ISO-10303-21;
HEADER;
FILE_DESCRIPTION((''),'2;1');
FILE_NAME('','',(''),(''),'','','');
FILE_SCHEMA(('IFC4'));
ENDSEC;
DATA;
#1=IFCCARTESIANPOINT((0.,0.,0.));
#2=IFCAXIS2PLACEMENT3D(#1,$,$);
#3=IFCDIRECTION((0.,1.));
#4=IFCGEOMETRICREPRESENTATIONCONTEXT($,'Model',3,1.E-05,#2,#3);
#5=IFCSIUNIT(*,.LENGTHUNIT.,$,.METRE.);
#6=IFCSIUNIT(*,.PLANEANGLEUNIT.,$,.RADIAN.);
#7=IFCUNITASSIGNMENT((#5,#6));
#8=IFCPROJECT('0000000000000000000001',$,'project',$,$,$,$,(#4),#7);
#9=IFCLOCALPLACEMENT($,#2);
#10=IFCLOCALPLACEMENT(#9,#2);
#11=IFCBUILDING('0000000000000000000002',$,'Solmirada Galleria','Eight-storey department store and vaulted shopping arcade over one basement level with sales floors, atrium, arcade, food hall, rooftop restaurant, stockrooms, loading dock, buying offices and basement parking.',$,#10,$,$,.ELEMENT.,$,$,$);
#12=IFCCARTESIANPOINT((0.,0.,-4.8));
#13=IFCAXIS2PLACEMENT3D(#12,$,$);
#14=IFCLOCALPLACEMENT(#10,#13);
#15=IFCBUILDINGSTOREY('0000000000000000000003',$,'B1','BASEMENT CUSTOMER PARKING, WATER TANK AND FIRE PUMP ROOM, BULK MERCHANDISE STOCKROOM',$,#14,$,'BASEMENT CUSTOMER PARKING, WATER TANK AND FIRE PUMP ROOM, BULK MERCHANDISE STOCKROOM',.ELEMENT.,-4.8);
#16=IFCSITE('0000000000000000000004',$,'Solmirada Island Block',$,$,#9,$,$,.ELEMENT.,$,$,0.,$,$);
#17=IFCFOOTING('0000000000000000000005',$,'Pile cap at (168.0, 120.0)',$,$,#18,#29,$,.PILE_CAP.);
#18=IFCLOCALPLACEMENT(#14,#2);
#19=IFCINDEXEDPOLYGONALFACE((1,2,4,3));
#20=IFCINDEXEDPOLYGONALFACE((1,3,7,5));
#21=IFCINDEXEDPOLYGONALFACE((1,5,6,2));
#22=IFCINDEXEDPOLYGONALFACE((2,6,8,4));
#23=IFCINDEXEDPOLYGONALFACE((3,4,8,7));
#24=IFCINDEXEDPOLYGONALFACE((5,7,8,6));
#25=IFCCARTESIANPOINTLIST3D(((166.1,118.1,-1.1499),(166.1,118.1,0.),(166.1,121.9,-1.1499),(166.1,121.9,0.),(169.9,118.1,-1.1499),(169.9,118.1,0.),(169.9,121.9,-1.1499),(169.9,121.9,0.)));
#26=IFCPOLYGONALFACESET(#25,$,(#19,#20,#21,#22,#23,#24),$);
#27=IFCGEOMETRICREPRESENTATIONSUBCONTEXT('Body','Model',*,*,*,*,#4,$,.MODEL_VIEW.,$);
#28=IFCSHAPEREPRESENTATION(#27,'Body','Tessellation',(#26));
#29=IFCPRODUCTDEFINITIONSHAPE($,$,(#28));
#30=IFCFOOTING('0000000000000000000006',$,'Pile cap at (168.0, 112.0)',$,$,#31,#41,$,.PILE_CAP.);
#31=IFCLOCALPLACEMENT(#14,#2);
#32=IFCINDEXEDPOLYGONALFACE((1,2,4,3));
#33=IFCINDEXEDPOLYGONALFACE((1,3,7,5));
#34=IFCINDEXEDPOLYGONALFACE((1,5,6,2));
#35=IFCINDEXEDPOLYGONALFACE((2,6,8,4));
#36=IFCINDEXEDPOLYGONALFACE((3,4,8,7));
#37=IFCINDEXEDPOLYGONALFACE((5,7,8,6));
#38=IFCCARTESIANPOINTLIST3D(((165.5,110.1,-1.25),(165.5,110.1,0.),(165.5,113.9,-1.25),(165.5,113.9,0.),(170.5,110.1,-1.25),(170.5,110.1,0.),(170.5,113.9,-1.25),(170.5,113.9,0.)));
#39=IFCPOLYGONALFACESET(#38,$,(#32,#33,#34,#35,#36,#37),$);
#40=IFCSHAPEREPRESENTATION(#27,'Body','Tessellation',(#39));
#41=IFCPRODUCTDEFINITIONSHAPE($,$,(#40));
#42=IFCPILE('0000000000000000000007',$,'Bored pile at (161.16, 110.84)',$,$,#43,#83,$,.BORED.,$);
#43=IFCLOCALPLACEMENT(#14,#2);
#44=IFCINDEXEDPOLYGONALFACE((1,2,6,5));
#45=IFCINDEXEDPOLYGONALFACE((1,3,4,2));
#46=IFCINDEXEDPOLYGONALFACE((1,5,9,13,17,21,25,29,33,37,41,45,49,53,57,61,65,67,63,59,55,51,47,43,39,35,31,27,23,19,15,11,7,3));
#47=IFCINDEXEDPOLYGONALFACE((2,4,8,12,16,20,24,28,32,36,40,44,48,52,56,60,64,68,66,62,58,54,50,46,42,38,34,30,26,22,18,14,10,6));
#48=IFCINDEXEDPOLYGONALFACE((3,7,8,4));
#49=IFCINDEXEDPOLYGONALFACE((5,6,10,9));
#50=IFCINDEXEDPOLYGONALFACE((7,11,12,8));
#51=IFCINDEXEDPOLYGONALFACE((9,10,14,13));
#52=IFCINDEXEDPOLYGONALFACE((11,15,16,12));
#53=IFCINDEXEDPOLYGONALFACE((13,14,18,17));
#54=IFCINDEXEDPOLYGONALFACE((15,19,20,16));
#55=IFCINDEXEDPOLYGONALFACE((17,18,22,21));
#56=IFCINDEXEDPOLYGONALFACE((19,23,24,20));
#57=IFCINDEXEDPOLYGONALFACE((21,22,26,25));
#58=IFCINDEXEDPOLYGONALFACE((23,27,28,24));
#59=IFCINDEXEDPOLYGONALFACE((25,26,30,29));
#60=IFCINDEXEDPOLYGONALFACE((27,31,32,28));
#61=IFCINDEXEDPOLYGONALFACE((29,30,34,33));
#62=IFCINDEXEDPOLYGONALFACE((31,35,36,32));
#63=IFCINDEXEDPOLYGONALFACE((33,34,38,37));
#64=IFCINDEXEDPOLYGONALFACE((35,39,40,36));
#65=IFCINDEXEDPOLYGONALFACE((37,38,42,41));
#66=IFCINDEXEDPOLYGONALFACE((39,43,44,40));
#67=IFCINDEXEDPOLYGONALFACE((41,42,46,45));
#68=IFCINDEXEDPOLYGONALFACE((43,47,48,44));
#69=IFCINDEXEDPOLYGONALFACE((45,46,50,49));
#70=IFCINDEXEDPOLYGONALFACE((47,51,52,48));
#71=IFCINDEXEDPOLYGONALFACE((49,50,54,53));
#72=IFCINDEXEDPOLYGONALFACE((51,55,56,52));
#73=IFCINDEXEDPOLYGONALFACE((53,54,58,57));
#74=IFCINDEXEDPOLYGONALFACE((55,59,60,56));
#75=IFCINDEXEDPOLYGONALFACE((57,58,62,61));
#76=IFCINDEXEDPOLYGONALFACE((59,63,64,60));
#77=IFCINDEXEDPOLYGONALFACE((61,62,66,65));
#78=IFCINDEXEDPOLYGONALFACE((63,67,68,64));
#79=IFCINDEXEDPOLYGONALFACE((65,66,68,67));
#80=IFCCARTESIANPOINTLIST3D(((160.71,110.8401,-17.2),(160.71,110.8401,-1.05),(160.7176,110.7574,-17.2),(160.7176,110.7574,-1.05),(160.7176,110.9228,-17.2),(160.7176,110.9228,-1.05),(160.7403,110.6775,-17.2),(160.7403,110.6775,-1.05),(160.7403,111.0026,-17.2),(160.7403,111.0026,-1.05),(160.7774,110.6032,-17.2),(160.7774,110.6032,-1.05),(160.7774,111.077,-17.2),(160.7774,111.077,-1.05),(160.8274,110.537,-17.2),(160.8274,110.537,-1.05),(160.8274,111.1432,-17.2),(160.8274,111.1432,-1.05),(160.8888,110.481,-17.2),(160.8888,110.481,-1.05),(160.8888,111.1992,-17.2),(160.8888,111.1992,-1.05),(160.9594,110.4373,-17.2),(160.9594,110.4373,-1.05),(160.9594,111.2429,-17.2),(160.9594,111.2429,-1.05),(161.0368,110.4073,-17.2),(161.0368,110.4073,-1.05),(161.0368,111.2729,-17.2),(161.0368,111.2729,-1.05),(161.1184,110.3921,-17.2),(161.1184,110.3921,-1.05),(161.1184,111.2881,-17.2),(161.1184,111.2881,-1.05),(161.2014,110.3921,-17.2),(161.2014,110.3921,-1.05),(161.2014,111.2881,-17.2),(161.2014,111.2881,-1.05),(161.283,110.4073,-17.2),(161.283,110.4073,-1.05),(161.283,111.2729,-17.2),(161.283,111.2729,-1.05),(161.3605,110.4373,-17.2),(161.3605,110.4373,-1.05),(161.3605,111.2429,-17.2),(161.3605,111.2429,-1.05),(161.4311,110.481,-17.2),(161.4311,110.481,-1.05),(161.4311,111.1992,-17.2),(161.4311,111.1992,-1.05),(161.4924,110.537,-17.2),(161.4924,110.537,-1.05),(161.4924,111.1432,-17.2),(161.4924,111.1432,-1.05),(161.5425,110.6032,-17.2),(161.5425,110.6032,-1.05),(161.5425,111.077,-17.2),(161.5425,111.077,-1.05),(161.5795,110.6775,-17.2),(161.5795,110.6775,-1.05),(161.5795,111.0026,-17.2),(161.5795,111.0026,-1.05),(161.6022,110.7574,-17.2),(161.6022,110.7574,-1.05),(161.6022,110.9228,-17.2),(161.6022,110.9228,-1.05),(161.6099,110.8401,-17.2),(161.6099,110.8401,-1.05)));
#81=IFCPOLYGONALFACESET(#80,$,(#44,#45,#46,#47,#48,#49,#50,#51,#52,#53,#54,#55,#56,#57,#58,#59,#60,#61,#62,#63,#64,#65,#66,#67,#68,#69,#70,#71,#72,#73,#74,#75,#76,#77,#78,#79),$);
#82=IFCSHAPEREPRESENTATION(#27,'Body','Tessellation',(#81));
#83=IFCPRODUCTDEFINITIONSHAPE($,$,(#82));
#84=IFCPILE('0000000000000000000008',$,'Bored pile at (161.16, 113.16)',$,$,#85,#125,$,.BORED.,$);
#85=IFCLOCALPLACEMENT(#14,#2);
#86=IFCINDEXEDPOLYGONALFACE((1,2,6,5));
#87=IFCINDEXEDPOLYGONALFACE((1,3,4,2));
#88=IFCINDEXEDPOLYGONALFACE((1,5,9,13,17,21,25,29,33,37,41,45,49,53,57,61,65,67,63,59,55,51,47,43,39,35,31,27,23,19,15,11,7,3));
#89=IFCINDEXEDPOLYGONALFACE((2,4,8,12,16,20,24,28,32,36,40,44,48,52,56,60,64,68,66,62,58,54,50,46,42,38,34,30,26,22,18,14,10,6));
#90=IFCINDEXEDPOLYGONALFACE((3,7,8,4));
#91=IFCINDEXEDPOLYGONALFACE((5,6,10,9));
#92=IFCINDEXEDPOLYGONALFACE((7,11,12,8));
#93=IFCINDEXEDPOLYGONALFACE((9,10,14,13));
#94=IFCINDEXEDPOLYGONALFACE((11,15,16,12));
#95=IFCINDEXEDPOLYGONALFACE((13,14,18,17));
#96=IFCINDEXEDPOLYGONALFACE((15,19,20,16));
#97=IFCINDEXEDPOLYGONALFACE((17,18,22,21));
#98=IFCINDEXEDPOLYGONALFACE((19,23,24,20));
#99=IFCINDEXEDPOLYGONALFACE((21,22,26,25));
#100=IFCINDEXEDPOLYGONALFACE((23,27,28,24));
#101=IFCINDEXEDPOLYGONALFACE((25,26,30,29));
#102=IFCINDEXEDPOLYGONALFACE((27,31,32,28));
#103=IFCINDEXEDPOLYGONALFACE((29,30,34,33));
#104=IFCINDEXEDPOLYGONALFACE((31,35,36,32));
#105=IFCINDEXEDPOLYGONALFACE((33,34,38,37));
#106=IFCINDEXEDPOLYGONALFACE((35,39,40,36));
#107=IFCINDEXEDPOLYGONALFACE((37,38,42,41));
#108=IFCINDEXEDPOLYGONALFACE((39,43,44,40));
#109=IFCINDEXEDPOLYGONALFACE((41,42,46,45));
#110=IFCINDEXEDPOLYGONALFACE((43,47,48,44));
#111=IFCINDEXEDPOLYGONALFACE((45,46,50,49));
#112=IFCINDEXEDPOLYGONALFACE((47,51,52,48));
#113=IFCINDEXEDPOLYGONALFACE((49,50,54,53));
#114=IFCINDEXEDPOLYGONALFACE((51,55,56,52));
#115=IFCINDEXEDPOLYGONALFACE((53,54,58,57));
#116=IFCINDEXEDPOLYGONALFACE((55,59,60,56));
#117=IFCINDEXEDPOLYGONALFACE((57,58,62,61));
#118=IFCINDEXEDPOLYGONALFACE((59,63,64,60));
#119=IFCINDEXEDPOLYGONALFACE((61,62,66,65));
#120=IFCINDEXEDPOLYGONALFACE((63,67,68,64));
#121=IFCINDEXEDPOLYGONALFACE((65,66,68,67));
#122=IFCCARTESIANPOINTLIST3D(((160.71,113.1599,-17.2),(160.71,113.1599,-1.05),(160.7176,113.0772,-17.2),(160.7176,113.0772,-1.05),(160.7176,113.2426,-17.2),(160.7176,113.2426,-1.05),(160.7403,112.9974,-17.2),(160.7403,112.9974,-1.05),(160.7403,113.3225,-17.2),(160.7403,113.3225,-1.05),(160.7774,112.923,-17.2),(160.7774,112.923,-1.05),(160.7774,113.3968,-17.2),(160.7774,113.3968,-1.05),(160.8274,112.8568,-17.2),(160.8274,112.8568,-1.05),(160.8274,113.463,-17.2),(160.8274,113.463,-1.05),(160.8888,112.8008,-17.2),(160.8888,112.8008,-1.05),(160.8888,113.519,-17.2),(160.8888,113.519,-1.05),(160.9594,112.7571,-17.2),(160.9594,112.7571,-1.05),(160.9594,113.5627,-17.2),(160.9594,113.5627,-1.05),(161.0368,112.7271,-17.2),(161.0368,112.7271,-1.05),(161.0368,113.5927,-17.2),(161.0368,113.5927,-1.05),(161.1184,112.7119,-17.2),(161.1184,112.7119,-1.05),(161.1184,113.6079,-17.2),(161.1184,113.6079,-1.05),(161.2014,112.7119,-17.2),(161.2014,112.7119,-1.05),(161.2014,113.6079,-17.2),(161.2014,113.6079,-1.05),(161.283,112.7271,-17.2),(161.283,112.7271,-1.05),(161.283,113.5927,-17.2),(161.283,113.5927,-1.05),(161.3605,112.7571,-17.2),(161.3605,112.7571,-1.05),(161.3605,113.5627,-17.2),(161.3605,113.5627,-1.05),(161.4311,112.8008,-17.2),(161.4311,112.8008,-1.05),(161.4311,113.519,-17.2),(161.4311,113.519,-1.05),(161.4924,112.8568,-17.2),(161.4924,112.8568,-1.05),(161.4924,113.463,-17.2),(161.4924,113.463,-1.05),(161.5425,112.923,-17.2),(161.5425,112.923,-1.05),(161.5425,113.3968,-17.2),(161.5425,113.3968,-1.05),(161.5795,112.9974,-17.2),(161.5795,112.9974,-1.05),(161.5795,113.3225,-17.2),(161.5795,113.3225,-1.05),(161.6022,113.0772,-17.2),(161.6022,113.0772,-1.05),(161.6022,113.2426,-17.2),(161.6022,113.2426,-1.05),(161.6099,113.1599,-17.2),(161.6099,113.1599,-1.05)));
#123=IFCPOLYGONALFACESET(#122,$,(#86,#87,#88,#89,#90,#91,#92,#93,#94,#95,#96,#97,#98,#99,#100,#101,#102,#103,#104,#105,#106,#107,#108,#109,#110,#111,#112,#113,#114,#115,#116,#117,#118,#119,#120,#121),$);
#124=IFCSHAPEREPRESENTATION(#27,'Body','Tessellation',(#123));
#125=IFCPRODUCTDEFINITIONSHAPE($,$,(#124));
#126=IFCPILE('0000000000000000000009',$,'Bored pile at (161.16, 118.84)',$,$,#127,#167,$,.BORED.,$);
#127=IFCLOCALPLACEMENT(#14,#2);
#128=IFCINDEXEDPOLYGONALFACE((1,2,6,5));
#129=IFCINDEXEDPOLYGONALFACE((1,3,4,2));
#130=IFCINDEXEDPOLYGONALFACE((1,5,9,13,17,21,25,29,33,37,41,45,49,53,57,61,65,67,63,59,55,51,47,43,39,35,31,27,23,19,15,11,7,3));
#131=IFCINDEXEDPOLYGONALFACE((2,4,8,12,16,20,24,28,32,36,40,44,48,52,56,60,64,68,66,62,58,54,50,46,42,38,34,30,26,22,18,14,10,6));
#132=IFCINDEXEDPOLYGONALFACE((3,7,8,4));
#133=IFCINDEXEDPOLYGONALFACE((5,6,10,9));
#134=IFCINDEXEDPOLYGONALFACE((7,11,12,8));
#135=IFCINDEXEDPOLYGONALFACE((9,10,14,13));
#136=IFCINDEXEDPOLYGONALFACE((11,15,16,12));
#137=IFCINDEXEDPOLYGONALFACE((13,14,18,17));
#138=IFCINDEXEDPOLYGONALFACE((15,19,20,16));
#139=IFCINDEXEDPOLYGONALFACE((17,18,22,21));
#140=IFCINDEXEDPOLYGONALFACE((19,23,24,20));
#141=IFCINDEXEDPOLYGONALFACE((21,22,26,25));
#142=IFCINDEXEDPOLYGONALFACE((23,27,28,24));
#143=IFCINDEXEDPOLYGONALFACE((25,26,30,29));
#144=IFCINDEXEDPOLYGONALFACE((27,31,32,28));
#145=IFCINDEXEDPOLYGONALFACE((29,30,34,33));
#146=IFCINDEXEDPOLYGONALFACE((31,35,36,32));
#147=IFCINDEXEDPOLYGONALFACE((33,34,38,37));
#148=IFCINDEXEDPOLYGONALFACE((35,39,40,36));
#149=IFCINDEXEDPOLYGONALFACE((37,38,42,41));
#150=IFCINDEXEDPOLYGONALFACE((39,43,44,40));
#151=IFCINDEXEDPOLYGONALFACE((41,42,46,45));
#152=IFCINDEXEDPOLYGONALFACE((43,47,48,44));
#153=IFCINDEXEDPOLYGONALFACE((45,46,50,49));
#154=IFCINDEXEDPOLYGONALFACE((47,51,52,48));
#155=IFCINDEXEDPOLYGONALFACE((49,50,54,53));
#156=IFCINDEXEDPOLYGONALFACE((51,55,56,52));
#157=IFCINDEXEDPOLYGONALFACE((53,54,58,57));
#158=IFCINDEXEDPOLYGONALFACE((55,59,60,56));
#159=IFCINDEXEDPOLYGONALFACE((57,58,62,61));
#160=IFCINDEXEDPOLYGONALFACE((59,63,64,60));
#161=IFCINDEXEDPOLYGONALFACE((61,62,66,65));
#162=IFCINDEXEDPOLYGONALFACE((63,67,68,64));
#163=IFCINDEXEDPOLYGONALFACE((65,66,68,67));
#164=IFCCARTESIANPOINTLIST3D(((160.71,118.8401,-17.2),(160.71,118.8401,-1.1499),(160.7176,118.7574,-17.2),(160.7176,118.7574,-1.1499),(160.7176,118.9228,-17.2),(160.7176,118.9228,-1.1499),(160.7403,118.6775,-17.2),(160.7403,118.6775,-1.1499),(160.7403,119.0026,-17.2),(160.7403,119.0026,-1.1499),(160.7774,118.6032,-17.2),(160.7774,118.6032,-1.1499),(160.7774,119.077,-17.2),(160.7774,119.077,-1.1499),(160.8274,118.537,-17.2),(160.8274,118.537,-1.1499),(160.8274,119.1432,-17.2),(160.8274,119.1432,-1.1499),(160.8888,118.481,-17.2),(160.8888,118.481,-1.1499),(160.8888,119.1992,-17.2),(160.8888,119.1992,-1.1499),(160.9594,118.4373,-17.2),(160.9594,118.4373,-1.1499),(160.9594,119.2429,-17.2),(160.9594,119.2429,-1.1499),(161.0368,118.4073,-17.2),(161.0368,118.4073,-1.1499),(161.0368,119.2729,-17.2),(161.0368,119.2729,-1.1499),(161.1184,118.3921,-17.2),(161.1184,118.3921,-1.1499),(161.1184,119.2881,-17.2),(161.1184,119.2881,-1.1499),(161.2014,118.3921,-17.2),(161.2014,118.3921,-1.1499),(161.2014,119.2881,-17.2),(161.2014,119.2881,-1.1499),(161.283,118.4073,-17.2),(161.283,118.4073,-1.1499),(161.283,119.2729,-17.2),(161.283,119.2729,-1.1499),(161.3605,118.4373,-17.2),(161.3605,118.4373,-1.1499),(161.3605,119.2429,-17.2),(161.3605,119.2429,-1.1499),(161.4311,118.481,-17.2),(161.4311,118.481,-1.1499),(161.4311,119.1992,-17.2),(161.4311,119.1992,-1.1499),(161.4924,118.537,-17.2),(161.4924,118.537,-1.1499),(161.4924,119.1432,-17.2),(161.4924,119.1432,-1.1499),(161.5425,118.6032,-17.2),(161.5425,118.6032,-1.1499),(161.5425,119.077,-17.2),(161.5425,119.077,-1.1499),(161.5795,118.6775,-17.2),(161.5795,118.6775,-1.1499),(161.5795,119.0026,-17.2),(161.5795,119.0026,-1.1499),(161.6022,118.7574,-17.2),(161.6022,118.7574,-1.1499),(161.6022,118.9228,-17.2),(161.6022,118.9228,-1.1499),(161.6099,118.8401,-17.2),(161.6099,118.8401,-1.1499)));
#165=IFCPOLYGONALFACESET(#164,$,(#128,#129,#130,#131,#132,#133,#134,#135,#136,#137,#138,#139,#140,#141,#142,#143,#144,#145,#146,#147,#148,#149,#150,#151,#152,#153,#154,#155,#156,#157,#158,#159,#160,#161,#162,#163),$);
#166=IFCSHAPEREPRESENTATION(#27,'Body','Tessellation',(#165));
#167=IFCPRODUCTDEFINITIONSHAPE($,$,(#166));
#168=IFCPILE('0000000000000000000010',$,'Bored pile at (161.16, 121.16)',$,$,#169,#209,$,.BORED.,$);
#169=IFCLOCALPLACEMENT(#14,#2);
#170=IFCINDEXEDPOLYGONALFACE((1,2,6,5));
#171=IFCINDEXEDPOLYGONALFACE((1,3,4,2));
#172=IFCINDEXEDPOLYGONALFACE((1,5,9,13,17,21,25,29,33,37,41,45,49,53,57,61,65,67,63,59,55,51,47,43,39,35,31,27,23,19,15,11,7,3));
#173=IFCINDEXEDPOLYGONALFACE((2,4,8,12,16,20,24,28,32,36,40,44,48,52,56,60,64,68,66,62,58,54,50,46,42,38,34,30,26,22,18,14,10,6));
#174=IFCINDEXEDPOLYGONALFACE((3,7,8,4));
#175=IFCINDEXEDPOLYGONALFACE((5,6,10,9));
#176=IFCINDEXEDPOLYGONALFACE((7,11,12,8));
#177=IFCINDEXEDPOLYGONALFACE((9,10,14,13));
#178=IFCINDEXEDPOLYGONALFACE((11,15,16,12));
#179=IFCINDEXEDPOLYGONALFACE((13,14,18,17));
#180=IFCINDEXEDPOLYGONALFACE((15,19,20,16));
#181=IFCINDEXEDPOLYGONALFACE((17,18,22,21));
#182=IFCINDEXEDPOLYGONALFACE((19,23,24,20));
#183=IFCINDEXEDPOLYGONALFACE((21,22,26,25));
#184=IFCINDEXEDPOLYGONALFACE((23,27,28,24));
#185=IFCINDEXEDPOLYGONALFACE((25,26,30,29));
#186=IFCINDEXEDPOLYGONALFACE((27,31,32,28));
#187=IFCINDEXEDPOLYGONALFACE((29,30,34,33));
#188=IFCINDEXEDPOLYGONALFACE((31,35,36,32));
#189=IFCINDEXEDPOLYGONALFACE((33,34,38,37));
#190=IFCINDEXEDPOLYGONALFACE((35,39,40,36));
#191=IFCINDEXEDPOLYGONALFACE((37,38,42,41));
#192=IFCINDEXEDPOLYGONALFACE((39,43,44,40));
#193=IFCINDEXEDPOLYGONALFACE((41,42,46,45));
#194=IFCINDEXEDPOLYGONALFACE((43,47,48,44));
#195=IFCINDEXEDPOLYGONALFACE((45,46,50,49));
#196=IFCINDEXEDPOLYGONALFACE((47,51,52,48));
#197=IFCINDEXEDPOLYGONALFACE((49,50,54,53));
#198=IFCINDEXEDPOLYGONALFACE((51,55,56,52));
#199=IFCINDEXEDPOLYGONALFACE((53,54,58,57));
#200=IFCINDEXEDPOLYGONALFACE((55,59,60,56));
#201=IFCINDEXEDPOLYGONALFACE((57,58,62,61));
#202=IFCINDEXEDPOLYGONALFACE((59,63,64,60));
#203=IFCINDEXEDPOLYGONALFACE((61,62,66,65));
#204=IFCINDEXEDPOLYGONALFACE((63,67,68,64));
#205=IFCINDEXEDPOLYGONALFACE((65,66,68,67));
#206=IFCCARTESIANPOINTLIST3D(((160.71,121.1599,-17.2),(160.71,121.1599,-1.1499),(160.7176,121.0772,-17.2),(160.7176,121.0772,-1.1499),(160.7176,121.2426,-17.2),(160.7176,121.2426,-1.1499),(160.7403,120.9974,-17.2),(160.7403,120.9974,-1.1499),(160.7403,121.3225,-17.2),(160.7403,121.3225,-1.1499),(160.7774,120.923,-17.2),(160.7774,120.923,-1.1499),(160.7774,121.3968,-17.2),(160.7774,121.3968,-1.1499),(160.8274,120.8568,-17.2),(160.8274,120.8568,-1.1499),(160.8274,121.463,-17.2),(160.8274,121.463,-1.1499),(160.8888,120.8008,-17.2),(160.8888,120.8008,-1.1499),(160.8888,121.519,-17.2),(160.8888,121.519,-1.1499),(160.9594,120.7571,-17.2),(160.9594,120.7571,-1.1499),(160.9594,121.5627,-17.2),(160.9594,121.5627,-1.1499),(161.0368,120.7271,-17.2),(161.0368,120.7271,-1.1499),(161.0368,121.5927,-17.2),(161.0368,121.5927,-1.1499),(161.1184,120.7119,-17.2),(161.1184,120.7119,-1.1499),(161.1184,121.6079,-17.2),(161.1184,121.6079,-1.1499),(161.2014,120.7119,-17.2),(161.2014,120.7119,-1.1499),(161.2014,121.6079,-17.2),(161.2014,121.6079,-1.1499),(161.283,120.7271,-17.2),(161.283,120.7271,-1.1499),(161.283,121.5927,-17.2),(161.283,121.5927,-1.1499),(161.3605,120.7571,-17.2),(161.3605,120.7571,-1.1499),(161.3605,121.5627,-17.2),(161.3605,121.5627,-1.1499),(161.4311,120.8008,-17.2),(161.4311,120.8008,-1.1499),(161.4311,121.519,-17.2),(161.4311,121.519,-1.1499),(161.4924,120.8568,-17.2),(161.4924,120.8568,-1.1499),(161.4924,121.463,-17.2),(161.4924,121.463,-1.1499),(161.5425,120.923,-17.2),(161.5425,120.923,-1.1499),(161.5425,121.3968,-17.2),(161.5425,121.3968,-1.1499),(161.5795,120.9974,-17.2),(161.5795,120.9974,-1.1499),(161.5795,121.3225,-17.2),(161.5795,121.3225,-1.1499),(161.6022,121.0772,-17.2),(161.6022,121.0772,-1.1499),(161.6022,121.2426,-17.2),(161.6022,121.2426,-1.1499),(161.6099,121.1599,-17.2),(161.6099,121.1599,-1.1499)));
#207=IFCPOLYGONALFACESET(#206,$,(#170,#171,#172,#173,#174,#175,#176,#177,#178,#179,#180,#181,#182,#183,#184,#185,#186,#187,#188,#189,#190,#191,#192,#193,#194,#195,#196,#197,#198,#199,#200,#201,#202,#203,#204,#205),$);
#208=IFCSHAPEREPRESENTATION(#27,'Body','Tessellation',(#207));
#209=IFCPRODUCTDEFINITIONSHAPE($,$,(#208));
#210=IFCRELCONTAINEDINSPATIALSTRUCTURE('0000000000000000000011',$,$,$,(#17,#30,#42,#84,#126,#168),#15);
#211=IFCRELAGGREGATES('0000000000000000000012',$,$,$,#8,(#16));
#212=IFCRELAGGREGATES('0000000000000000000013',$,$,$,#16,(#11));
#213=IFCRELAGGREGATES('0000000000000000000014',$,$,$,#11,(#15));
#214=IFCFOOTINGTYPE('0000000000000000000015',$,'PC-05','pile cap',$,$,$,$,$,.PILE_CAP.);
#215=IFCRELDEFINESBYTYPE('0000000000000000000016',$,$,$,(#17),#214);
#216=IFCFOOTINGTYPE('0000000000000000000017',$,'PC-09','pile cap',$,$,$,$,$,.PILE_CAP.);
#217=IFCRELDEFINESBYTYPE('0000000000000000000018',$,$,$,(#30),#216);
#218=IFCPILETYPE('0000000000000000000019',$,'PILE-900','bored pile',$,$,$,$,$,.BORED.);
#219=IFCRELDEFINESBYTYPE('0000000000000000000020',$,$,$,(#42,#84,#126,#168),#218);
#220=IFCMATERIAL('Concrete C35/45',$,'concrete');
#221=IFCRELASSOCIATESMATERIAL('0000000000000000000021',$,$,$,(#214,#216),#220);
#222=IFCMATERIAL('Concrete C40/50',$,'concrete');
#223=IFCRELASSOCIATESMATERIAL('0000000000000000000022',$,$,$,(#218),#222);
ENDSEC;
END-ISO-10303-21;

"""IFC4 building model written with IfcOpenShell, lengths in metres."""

from ifc_helpers import new_model, si_unit, direction, frame, origin, origin_2d, place, context, subcontext, project, spatial, rectangle, circle, extrude, material, material_profile, profile_set, type_object, element, save


model = new_model("IFC4")

# Units and contexts
model_context = context("Model", 3, precision=1e-05, world=origin(), true_north=direction((0.0, 1.0)))
body_context = subcontext(model_context, "Body", "Model", "MODEL_VIEW")
ifc_project = project(units=[si_unit("LENGTHUNIT", "METRE"), si_unit("PLANEANGLEUNIT", "RADIAN")], contexts=[model_context])

# Site, building, storey
site_placement = place(None, origin())
site = spatial("IfcSite", under=ifc_project, at=site_placement, Name="Solmirada Island Block", CompositionType="ELEMENT", RefElevation=0.0)
building_placement = place(site_placement, origin())
building = spatial("IfcBuilding", under=site, at=building_placement, Name="Solmirada Galleria", Description="Eight-storey department store and vaulted shopping arcade over one basement level with sales floors, atrium, arcade, food hall, rooftop restaurant, stockrooms, loading dock, buying offices and basement parking.", CompositionType="ELEMENT")
storey_placement = place(building_placement, frame((0.0, 0.0, -4.8)))
storey = spatial("IfcBuildingStorey", under=building, at=storey_placement, Name="B1", Description="BASEMENT CUSTOMER PARKING, WATER TANK AND FIRE PUMP ROOM, BULK MERCHANDISE STOCKROOM", LongName="BASEMENT CUSTOMER PARKING, WATER TANK AND FIRE PUMP ROOM, BULK MERCHANDISE STOCKROOM", CompositionType="ELEMENT", Elevation=-4.8)

# Footings
ifc_material_1 = material(Name="Concrete C35/45", Category="concrete")
footing_type_1 = type_object("IfcFootingType", Name="PC-05", Description="pile cap", PredefinedType="PILE_CAP", material=ifc_material_1)
footing_1_placement = place(storey_placement, frame((168.0, 120.0, -1.1499), z_axis=(0.0, 0.0, 1.0), x_axis=(1.0, 0.0, 0.0)))
element("IfcFooting", 1, at=footing_1_placement, inside=storey, type_object=footing_type_1, Name="Pile cap at (168.0, 120.0)", PredefinedType="PILE_CAP", context=body_context, shape_type="SweptSolid", body=[
    extrude(rectangle(XDim=3.8, YDim=3.8, at=origin_2d()), origin(), (0.0, 0.0, 1.0), 1.1499),
])
footing_type_2 = type_object("IfcFootingType", Name="PC-09", Description="pile cap", PredefinedType="PILE_CAP", material=ifc_material_1)
footing_2_placement = place(storey_placement, frame((168.0, 112.0, -1.25), z_axis=(0.0, 0.0, 1.0), x_axis=(1.0, 0.0, 0.0)))
element("IfcFooting", 2, at=footing_2_placement, inside=storey, type_object=footing_type_2, Name="Pile cap at (168.0, 112.0)", PredefinedType="PILE_CAP", context=body_context, shape_type="SweptSolid", body=[
    extrude(rectangle(XDim=5.0, YDim=3.8, at=origin_2d()), origin(), (0.0, 0.0, 1.0), 1.25),
])

# Piles
ifc_material_2 = material(Name="Concrete C40/50", Category="concrete")
ifc_material_profile_1 = material_profile(ifc_material_2, circle(Radius=0.45, at=origin_2d()), Name="PILE900")
ifc_profile_set_1 = profile_set([ifc_material_profile_1], Name="Concrete C40/50")
pile_type = type_object("IfcPileType", Name="PILE-900", Description="bored pile", PredefinedType="BORED", material=ifc_profile_set_1)
for number, where, z_axis, x_axis, name in (
    (3, (161.1599, 110.8401, -1.05), (0.0, 0.0, -1.0), (1.0, 0.0, 0.0), "Bored pile at (161.16, 110.84)"),
    (4, (161.1599, 113.1599, -1.05), (0.0, 0.0, -1.0), (1.0, 0.0, 0.0), "Bored pile at (161.16, 113.16)"),
):
    element("IfcPile", number, at=place(storey_placement, frame(where, z_axis=z_axis, x_axis=x_axis)), inside=storey, type_object=pile_type, Name=name, PredefinedType="BORED", context=body_context, shape_type="SweptSolid", body=[
        extrude(circle(Radius=0.45, at=origin_2d()), origin(), (0.0, 0.0, 1.0), 16.1499),
    ])
for number, where, z_axis, x_axis, name in (
    (5, (161.1599, 118.8401, -1.1499), (0.0, 0.0, -1.0), (1.0, 0.0, 0.0), "Bored pile at (161.16, 118.84)"),
    (6, (161.1599, 121.1599, -1.1499), (0.0, 0.0, -1.0), (1.0, 0.0, 0.0), "Bored pile at (161.16, 121.16)"),
):
    element("IfcPile", number, at=place(storey_placement, frame(where, z_axis=z_axis, x_axis=x_axis)), inside=storey, type_object=pile_type, Name=name, PredefinedType="BORED", context=body_context, shape_type="SweptSolid", body=[
        extrude(circle(Radius=0.45, at=origin_2d()), origin(), (0.0, 0.0, 1.0), 16.05),
    ])

save(model, "model.ifc")
